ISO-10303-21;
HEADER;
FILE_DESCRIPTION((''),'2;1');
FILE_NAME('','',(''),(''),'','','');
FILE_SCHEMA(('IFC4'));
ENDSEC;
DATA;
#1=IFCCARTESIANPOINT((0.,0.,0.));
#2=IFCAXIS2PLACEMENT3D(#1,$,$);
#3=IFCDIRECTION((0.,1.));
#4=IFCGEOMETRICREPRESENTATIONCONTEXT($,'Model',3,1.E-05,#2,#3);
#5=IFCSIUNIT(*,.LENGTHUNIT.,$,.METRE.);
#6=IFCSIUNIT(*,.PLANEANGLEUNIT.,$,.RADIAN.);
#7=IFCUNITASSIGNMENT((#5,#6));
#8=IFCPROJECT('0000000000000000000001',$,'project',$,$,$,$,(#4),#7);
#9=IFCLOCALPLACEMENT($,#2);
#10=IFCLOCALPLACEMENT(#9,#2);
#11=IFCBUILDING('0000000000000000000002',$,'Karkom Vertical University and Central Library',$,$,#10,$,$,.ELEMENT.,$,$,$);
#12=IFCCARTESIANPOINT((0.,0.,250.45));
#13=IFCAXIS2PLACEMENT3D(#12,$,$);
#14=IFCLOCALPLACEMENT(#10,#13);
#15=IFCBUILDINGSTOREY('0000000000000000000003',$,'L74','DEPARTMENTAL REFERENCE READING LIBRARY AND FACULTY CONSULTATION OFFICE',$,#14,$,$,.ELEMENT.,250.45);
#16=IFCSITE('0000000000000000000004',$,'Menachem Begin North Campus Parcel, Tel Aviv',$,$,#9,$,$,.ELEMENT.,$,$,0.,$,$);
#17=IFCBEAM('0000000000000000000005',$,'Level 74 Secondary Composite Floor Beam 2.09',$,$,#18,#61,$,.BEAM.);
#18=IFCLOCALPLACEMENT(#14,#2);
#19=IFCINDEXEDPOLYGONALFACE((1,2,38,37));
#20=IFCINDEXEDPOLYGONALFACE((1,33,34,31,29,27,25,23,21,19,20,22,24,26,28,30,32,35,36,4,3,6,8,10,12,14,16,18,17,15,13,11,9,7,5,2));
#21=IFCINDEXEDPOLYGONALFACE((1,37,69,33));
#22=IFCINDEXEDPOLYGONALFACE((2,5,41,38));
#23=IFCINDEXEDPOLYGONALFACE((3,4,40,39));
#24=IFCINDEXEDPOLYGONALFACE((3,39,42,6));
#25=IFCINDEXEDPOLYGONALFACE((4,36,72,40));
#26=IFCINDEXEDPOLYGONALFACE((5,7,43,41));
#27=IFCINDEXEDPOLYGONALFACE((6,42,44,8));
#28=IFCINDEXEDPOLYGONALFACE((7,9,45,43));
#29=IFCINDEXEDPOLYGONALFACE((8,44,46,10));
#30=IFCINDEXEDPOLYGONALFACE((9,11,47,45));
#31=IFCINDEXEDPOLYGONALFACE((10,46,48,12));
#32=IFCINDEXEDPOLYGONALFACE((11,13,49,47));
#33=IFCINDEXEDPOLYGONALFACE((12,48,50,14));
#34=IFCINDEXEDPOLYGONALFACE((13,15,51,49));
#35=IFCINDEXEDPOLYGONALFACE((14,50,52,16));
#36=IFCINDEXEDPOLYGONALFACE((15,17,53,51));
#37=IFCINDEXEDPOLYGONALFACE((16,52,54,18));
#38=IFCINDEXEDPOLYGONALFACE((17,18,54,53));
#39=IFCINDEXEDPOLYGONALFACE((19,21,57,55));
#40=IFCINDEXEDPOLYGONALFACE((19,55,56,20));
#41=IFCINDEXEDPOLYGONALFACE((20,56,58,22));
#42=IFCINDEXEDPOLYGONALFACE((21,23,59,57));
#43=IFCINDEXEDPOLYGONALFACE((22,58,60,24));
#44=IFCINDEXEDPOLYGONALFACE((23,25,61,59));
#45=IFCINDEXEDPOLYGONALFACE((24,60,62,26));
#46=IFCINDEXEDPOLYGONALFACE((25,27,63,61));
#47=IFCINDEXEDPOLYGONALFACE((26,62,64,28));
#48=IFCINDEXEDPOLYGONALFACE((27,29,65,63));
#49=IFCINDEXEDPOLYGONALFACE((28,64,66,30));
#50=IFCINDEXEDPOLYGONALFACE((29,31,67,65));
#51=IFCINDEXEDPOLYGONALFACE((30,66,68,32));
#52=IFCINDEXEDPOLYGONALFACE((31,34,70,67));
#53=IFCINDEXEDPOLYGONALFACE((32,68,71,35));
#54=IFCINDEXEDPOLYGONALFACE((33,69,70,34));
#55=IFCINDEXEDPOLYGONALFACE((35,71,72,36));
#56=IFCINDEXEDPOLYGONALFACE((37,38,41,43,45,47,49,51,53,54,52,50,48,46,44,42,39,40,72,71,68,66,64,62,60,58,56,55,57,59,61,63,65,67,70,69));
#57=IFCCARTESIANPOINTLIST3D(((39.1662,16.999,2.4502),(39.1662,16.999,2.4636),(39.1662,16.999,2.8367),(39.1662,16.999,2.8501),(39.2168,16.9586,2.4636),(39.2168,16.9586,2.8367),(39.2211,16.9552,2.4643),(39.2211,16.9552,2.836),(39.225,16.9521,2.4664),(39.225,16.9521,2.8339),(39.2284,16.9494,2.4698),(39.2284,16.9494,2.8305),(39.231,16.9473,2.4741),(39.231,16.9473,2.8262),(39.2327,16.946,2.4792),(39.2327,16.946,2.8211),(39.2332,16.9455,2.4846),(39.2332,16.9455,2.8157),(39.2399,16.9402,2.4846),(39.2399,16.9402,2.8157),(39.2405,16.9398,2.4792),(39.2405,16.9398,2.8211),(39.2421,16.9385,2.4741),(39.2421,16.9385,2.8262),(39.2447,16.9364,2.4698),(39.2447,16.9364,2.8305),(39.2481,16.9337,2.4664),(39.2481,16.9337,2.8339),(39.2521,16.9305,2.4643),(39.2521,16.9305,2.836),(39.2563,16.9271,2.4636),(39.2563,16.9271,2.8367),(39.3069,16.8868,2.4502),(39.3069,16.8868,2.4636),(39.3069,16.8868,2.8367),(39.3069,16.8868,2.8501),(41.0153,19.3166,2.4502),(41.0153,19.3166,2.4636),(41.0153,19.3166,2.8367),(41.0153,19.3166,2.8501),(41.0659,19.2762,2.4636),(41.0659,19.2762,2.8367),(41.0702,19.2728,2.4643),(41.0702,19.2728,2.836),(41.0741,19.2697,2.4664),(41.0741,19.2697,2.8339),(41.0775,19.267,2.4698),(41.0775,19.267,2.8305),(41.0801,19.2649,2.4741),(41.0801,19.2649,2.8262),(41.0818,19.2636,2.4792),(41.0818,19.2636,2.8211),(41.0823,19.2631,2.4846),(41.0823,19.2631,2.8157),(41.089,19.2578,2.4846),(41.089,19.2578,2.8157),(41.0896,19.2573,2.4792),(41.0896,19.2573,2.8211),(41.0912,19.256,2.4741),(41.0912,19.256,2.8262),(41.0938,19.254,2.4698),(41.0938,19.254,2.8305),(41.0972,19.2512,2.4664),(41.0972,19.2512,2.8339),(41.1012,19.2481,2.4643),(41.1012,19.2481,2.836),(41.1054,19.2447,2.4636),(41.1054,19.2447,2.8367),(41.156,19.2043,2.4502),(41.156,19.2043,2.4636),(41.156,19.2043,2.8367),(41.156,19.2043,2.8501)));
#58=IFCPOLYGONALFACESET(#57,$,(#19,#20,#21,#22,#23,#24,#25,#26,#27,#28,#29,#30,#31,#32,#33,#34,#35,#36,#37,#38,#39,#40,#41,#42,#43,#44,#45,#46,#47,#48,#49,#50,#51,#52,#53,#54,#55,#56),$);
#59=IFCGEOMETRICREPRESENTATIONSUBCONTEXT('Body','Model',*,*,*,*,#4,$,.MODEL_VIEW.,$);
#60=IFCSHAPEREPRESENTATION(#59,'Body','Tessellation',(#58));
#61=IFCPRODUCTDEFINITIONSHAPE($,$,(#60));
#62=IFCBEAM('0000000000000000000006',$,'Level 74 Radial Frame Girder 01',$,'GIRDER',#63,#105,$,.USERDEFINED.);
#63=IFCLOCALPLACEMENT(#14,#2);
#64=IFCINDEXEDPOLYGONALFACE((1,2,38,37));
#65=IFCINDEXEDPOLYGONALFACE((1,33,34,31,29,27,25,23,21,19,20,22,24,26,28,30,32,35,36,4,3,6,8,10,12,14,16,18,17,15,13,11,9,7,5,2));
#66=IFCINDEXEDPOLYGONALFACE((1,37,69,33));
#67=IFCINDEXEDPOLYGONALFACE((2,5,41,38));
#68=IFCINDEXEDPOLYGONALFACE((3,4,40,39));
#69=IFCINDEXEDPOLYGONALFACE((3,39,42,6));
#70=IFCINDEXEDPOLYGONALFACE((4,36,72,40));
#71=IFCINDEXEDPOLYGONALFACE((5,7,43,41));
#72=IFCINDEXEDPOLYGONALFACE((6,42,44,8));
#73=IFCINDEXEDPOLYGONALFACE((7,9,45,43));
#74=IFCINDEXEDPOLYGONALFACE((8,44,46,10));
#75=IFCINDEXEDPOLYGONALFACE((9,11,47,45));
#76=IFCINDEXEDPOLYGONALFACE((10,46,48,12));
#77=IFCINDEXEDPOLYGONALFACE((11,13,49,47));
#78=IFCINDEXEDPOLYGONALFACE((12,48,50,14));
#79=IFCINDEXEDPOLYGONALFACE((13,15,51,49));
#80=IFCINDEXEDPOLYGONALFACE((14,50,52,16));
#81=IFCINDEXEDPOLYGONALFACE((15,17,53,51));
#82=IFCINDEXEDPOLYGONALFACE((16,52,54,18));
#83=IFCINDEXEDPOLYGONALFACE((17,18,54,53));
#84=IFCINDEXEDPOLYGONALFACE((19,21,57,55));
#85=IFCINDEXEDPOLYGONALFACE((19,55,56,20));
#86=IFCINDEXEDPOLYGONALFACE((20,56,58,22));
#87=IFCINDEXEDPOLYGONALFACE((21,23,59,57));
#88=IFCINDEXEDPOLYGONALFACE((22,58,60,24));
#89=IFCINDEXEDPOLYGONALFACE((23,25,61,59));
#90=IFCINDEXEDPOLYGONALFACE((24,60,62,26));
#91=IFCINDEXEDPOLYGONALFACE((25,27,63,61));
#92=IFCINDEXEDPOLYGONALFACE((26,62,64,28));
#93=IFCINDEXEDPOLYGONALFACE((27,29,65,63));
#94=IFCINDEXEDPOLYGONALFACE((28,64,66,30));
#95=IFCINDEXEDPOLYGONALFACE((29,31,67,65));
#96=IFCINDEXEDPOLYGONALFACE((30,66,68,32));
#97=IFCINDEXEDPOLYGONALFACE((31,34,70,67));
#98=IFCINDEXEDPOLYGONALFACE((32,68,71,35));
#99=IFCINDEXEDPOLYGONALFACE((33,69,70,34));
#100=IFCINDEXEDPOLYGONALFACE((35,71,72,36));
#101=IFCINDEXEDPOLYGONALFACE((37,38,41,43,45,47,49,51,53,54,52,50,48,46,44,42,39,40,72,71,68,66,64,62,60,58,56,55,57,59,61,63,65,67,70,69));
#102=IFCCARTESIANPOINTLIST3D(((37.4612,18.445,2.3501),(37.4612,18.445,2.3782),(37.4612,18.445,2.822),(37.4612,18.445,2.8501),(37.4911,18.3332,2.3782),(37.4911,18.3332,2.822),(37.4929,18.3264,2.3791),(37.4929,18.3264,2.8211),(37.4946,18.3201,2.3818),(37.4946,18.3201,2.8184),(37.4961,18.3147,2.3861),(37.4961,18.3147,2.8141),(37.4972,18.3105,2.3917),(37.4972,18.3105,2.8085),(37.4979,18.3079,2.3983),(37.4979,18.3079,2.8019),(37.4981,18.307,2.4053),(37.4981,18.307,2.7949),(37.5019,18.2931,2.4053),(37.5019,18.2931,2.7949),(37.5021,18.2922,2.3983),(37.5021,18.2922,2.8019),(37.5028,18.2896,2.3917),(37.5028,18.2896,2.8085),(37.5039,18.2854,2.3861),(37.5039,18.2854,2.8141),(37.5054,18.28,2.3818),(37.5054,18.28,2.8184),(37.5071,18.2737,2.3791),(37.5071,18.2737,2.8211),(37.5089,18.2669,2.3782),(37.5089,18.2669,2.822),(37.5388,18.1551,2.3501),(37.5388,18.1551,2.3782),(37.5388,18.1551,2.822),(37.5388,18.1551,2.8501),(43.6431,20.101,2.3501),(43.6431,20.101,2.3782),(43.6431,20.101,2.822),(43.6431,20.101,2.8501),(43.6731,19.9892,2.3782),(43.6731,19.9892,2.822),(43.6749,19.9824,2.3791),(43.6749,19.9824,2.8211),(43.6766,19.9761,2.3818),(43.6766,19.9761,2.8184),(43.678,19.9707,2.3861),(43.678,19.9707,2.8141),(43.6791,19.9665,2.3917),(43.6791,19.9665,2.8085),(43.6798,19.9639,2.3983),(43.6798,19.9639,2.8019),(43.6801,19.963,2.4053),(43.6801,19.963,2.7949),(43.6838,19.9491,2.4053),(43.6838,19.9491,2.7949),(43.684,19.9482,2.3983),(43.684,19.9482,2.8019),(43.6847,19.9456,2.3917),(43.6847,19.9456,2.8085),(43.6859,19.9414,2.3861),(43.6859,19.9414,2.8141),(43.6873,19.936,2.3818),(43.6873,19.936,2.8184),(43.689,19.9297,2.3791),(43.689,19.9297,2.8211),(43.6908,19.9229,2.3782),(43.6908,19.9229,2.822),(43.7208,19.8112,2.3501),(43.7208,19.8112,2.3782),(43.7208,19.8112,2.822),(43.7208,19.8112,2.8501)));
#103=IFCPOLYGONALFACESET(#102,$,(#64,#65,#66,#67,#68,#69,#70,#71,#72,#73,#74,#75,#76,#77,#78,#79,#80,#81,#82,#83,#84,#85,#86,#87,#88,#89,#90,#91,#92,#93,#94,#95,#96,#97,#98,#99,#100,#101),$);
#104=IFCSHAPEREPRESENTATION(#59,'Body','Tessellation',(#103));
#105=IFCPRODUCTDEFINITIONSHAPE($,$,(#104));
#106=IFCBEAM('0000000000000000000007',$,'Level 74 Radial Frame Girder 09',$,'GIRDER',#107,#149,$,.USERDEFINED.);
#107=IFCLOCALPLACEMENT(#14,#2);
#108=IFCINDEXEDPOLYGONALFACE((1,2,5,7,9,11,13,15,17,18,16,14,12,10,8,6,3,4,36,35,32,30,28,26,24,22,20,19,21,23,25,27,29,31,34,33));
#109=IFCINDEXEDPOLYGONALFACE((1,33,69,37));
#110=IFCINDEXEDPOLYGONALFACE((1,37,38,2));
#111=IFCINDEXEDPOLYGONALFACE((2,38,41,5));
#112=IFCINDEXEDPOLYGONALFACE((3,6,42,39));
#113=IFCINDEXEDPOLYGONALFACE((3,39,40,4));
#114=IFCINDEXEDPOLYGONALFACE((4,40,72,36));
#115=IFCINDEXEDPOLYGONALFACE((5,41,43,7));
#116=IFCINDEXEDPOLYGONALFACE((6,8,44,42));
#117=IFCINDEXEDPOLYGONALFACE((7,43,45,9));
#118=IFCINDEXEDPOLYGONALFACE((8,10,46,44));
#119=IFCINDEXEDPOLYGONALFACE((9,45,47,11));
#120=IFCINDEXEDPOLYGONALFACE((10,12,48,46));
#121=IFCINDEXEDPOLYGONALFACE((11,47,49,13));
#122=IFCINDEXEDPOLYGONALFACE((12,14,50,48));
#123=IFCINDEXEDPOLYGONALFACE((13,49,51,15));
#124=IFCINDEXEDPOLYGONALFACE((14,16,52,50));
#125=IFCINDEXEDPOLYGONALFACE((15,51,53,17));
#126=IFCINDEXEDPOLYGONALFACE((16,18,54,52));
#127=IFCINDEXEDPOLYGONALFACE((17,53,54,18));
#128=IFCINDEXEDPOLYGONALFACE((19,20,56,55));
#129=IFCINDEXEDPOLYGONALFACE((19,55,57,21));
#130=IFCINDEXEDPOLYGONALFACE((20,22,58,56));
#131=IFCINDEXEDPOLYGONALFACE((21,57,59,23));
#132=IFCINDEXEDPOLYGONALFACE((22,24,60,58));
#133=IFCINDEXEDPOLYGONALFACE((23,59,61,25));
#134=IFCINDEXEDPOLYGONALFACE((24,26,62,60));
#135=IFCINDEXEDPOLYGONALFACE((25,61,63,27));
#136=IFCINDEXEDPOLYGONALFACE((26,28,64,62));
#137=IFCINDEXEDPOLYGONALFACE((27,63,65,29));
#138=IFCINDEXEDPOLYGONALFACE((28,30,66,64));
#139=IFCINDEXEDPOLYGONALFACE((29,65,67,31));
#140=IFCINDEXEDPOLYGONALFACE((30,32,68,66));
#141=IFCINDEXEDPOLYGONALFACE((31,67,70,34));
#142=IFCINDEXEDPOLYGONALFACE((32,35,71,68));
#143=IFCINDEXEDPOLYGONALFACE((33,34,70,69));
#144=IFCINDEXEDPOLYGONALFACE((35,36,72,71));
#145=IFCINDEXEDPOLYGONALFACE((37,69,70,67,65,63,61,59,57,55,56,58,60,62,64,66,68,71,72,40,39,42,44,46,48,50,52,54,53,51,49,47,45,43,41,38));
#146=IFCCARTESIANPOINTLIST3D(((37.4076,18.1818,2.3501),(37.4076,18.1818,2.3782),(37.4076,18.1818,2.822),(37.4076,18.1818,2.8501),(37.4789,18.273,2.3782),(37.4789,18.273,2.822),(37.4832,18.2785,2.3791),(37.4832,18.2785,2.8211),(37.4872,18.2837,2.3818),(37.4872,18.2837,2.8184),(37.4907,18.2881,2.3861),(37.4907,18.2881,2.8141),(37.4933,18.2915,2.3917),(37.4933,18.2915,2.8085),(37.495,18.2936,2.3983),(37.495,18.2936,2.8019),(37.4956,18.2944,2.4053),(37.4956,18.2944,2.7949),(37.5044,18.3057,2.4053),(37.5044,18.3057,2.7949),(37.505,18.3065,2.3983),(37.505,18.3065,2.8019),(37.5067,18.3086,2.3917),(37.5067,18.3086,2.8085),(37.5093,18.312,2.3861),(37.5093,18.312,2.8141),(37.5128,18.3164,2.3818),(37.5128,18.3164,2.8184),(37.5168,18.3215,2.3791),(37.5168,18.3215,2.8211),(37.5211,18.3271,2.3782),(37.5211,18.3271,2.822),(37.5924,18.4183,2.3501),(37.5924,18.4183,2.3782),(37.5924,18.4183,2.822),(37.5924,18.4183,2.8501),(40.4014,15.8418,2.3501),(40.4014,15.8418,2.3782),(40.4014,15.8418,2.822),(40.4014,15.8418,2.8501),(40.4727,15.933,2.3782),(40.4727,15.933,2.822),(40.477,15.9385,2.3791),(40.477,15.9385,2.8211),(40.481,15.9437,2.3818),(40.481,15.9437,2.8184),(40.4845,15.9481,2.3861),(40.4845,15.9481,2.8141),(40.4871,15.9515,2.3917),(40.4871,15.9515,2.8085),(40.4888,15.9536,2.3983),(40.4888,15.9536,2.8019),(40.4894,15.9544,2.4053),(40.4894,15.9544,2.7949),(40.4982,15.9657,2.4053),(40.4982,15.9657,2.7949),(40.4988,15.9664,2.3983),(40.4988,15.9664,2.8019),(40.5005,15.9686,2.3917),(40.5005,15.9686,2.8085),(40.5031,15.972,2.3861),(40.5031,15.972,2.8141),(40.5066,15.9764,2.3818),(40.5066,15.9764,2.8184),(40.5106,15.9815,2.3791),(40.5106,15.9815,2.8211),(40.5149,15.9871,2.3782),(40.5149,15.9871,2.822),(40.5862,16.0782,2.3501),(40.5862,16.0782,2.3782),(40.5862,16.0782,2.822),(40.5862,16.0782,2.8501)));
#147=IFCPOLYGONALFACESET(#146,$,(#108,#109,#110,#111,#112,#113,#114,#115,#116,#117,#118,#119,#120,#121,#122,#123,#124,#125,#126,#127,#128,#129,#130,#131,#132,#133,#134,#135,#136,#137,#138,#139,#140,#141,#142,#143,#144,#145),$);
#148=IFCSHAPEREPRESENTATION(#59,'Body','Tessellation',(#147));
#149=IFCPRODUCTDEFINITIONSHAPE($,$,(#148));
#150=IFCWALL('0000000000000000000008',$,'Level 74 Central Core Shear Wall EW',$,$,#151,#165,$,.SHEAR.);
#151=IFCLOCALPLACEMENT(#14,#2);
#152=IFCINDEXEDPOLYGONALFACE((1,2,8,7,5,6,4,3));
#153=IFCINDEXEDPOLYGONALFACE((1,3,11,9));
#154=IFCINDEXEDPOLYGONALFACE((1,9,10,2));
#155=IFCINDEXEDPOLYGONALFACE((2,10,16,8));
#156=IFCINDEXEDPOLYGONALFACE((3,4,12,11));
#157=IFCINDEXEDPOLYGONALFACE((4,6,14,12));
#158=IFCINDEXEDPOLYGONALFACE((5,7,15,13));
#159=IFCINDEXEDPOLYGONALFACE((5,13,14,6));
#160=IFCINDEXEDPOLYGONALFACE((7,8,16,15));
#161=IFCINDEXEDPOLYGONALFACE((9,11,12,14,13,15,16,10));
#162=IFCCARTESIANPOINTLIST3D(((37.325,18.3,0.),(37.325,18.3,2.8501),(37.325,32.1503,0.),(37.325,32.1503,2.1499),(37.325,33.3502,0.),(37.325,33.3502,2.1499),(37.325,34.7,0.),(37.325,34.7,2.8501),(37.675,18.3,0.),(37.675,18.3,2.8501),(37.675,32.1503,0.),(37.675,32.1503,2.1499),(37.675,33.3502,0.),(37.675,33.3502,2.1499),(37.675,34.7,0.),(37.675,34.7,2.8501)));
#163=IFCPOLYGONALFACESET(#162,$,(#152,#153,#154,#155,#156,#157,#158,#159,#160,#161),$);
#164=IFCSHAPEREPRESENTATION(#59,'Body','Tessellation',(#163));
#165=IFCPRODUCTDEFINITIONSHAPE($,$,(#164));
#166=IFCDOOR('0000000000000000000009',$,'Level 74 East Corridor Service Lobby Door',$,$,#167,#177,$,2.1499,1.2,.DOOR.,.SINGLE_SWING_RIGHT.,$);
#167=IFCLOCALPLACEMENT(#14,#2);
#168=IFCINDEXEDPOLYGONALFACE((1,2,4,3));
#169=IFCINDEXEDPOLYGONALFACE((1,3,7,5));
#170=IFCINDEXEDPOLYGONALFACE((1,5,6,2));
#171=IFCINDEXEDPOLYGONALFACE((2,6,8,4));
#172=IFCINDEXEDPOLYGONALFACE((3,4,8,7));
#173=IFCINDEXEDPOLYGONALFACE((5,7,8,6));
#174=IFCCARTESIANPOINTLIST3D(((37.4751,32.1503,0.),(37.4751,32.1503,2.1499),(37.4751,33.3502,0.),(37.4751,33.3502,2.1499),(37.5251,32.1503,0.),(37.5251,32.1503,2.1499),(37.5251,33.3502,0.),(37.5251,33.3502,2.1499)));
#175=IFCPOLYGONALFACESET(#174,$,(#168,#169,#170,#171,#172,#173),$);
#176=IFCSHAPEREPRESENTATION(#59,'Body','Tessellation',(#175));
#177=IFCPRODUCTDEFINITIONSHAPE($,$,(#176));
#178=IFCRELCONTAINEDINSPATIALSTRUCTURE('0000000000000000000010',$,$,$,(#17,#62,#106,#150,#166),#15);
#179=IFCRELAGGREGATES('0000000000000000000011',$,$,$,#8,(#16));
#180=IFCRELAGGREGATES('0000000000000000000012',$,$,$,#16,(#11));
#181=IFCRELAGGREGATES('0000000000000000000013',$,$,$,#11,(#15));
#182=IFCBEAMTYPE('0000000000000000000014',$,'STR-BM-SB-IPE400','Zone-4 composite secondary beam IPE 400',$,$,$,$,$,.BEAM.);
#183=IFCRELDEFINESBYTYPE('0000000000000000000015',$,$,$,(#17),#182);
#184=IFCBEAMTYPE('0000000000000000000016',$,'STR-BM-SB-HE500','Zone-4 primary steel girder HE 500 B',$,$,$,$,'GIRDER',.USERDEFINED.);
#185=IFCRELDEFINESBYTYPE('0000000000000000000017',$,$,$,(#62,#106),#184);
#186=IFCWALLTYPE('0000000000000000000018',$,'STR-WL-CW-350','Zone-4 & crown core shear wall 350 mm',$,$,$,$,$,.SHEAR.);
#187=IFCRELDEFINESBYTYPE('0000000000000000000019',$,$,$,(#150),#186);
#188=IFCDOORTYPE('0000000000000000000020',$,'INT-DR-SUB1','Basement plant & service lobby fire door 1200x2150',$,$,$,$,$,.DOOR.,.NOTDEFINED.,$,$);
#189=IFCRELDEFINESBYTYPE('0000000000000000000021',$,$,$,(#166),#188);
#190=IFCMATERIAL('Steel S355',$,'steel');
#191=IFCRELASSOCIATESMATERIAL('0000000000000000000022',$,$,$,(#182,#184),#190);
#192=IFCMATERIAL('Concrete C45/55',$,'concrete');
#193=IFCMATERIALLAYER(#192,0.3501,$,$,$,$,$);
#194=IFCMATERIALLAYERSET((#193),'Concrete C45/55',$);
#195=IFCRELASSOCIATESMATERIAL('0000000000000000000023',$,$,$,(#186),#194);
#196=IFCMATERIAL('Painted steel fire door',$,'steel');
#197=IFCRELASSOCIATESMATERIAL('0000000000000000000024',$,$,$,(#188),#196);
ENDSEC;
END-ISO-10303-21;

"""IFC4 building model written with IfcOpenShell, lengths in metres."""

from ifc_helpers import new_model, si_unit, direction, frame, frame_2d, origin, origin_with_axes, origin_2d, place, context, subcontext, project, spatial, rectangle, i_section, extrude, source, transform, mapped, material, layer, layer_set, material_profile, profile_set, type_object, element, fill, save


model = new_model("IFC4")

# Units and contexts
model_context = context("Model", 3, precision=1e-05, world=origin(), true_north=direction((0.0, 1.0)))
body_context = subcontext(model_context, "Body", "Model", "MODEL_VIEW")
ifc_project = project(units=[si_unit("LENGTHUNIT", "METRE"), si_unit("PLANEANGLEUNIT", "RADIAN")], contexts=[model_context])

# Site, building, storey
site_placement = place(None, origin())
site = spatial("IfcSite", under=ifc_project, at=site_placement, Name="Menachem Begin North Campus Parcel, Tel Aviv", CompositionType="ELEMENT", RefElevation=0.0)
building_placement = place(site_placement, origin())
building = spatial("IfcBuilding", under=site, at=building_placement, Name="Karkom Vertical University and Central Library", CompositionType="ELEMENT")
storey_placement = place(building_placement, frame((0.0, 0.0, 250.45)))
storey = spatial("IfcBuildingStorey", under=building, at=storey_placement, Name="L74", Description="DEPARTMENTAL REFERENCE READING LIBRARY AND FACULTY CONSULTATION OFFICE", CompositionType="ELEMENT", Elevation=250.45)

# Shared definitions
ifc_material_1 = material(Name="Concrete C45/55", Category="concrete")

# Beams
ifc_material_2 = material(Name="Steel S355", Category="steel")
ifc_material_profile_1 = material_profile(ifc_material_2, i_section(OverallWidth=0.1799, OverallDepth=0.3999, WebThickness=0.0085, FlangeThickness=0.0134, FilletRadius=0.021, at=origin_2d()), Name="IPE 400")
ifc_profile_set_1 = profile_set([ifc_material_profile_1], Name="Steel S355")
beam_type_1 = type_object("IfcBeamType", Name="STR-BM-SB-IPE400", Description="Zone-4 composite secondary beam IPE 400", PredefinedType="BEAM", material=ifc_profile_set_1)
shared_shape_1 = source(origin_with_axes(), body_context, "Body", "SweptSolid", [
    extrude(i_section(OverallWidth=0.1799, OverallDepth=0.3999, WebThickness=0.0085, FlangeThickness=0.0134, FilletRadius=0.021, at=origin_2d()), origin(), (0.0, 0.0, 1.0), 2.9648),
])
beam_1_placement = place(storey_placement, frame((39.2366, 16.9429, 2.6501), z_axis=(0.62367, 0.781688, 0.0), x_axis=(-0.781688, 0.62367, 0.0)))
element("IfcBeam", 1, at=beam_1_placement, inside=storey, type_object=beam_type_1, Name="Level 74 Secondary Composite Floor Beam 2.09", PredefinedType="BEAM", context=body_context, shape_type="MappedRepresentation", body=[
    mapped(shared_shape_1, transform((0.0, 0.0, 0.0), scale=1.0)),
])
ifc_material_profile_2 = material_profile(ifc_material_2, i_section(OverallWidth=0.3, OverallDepth=0.5, WebThickness=0.0144, FlangeThickness=0.0281, FilletRadius=0.0271, at=origin_2d()), Name="HE 500 B")
ifc_profile_set_2 = profile_set([ifc_material_profile_2], Name="Steel S355")
beam_type_2 = type_object("IfcBeamType", Name="STR-BM-SB-HE500", Description="Zone-4 primary steel girder HE 500 B", ElementType="GIRDER", PredefinedType="USERDEFINED", material=ifc_profile_set_2)
shared_shape_2 = source(origin_with_axes(), body_context, "Body", "SweptSolid", [
    extrude(i_section(OverallWidth=0.3, OverallDepth=0.5, WebThickness=0.0144, FlangeThickness=0.0281, FilletRadius=0.0271, at=origin_2d()), origin(), (0.0, 0.0, 1.0), 6.3999),
])
beam_2_placement = place(storey_placement, frame((37.5, 18.3, 2.6001), z_axis=(0.965942, 0.258757, 0.0), x_axis=(-0.258757, 0.965942, 0.0)))
element("IfcBeam", 2, at=beam_2_placement, inside=storey, type_object=beam_type_2, Name="Level 74 Radial Frame Girder 01", ObjectType="GIRDER", PredefinedType="USERDEFINED", context=body_context, shape_type="MappedRepresentation", body=[
    mapped(shared_shape_2, transform((0.0, 0.0, 0.0), scale=1.0)),
])
shared_shape_3 = source(origin_with_axes(), body_context, "Body", "SweptSolid", [
    extrude(i_section(OverallWidth=0.3, OverallDepth=0.5, WebThickness=0.0144, FlangeThickness=0.0281, FilletRadius=0.0271, at=origin_2d()), origin(), (0.0, 0.0, 1.0), 3.7998),
])
beam_3_placement = place(storey_placement, frame((37.5, 18.3, 2.6001), z_axis=(0.787883, -0.615825, 0.0), x_axis=(0.615825, 0.787883, 0.0)))
element("IfcBeam", 3, at=beam_3_placement, inside=storey, type_object=beam_type_2, Name="Level 74 Radial Frame Girder 09", ObjectType="GIRDER", PredefinedType="USERDEFINED", context=body_context, shape_type="MappedRepresentation", body=[
    mapped(shared_shape_3, transform((0.0, 0.0, 0.0), scale=1.0)),
])

# Wall, opening, door
ifc_layer_1 = layer(ifc_material_1, 0.3501)
ifc_layer_set_1 = layer_set([ifc_layer_1], Name="Concrete C45/55")
wall_type_1 = type_object("IfcWallType", Name="STR-WL-CW-350", Description="Zone-4 & crown core shear wall 350 mm", PredefinedType="SHEAR", material=ifc_layer_set_1)
wall_1_placement = place(storey_placement, frame((37.5, 18.3, 0.0), z_axis=(0.0, 0.0, 1.0), x_axis=(0.0, 1.0, 0.0)))
wall_1 = element("IfcWall", 4, at=wall_1_placement, inside=storey, type_object=wall_type_1, Name="Level 74 Central Core Shear Wall EW", PredefinedType="SHEAR", context=body_context, shape_type="SweptSolid", body=[
    extrude(rectangle(XDim=16.3999, YDim=0.3501, at=frame_2d((8.2, 0.0))), origin(), (0.0, 0.0, 1.0), 2.8501),
])
opening_placement = place(wall_1_placement, frame((13.8501, 0.0, 0.0)))
opening = element("IfcOpeningElement", 5, at=opening_placement, cuts=wall_1, PredefinedType="OPENING", context=body_context, shape_type="SweptSolid", body=[
    extrude(rectangle(XDim=1.2, YDim=2.1499, at=frame_2d((0.6001, 1.075))), frame((0.0, 0.1851, 0.0), z_axis=(0.0, -1.0, 0.0), x_axis=(1.0, 0.0, 0.0)), (0.0, 0.0, 1.0), 0.3701),
])
ifc_material_3 = material(Name="Painted steel fire door", Category="steel")
door_type = type_object("IfcDoorType", Name="INT-DR-SUB1", Description="Basement plant & service lobby fire door 1200x2150", OperationType="NOTDEFINED", PredefinedType="DOOR", material=ifc_material_3)
shared_shape_4 = source(origin_with_axes(), body_context, "Body", "SweptSolid", [
    extrude(rectangle(XDim=1.2, YDim=2.1499, at=frame_2d((0.6001, 1.075))), frame((0.0, 0.0249, 0.0), z_axis=(0.0, -1.0, 0.0), x_axis=(1.0, 0.0, 0.0)), (0.0, 0.0, 1.0), 0.05),
])
door_placement = place(opening_placement, origin())
door = element("IfcDoor", 6, at=door_placement, inside=storey, type_object=door_type, Name="Level 74 East Corridor Service Lobby Door", OperationType="SINGLE_SWING_RIGHT", OverallHeight=2.1499, OverallWidth=1.2, PredefinedType="DOOR", context=body_context, shape_type="MappedRepresentation", body=[
    mapped(shared_shape_4, transform((0.0, 0.0, 0.0), scale=1.0)),
])
fill(opening, door)

save(model, "model.ifc")
